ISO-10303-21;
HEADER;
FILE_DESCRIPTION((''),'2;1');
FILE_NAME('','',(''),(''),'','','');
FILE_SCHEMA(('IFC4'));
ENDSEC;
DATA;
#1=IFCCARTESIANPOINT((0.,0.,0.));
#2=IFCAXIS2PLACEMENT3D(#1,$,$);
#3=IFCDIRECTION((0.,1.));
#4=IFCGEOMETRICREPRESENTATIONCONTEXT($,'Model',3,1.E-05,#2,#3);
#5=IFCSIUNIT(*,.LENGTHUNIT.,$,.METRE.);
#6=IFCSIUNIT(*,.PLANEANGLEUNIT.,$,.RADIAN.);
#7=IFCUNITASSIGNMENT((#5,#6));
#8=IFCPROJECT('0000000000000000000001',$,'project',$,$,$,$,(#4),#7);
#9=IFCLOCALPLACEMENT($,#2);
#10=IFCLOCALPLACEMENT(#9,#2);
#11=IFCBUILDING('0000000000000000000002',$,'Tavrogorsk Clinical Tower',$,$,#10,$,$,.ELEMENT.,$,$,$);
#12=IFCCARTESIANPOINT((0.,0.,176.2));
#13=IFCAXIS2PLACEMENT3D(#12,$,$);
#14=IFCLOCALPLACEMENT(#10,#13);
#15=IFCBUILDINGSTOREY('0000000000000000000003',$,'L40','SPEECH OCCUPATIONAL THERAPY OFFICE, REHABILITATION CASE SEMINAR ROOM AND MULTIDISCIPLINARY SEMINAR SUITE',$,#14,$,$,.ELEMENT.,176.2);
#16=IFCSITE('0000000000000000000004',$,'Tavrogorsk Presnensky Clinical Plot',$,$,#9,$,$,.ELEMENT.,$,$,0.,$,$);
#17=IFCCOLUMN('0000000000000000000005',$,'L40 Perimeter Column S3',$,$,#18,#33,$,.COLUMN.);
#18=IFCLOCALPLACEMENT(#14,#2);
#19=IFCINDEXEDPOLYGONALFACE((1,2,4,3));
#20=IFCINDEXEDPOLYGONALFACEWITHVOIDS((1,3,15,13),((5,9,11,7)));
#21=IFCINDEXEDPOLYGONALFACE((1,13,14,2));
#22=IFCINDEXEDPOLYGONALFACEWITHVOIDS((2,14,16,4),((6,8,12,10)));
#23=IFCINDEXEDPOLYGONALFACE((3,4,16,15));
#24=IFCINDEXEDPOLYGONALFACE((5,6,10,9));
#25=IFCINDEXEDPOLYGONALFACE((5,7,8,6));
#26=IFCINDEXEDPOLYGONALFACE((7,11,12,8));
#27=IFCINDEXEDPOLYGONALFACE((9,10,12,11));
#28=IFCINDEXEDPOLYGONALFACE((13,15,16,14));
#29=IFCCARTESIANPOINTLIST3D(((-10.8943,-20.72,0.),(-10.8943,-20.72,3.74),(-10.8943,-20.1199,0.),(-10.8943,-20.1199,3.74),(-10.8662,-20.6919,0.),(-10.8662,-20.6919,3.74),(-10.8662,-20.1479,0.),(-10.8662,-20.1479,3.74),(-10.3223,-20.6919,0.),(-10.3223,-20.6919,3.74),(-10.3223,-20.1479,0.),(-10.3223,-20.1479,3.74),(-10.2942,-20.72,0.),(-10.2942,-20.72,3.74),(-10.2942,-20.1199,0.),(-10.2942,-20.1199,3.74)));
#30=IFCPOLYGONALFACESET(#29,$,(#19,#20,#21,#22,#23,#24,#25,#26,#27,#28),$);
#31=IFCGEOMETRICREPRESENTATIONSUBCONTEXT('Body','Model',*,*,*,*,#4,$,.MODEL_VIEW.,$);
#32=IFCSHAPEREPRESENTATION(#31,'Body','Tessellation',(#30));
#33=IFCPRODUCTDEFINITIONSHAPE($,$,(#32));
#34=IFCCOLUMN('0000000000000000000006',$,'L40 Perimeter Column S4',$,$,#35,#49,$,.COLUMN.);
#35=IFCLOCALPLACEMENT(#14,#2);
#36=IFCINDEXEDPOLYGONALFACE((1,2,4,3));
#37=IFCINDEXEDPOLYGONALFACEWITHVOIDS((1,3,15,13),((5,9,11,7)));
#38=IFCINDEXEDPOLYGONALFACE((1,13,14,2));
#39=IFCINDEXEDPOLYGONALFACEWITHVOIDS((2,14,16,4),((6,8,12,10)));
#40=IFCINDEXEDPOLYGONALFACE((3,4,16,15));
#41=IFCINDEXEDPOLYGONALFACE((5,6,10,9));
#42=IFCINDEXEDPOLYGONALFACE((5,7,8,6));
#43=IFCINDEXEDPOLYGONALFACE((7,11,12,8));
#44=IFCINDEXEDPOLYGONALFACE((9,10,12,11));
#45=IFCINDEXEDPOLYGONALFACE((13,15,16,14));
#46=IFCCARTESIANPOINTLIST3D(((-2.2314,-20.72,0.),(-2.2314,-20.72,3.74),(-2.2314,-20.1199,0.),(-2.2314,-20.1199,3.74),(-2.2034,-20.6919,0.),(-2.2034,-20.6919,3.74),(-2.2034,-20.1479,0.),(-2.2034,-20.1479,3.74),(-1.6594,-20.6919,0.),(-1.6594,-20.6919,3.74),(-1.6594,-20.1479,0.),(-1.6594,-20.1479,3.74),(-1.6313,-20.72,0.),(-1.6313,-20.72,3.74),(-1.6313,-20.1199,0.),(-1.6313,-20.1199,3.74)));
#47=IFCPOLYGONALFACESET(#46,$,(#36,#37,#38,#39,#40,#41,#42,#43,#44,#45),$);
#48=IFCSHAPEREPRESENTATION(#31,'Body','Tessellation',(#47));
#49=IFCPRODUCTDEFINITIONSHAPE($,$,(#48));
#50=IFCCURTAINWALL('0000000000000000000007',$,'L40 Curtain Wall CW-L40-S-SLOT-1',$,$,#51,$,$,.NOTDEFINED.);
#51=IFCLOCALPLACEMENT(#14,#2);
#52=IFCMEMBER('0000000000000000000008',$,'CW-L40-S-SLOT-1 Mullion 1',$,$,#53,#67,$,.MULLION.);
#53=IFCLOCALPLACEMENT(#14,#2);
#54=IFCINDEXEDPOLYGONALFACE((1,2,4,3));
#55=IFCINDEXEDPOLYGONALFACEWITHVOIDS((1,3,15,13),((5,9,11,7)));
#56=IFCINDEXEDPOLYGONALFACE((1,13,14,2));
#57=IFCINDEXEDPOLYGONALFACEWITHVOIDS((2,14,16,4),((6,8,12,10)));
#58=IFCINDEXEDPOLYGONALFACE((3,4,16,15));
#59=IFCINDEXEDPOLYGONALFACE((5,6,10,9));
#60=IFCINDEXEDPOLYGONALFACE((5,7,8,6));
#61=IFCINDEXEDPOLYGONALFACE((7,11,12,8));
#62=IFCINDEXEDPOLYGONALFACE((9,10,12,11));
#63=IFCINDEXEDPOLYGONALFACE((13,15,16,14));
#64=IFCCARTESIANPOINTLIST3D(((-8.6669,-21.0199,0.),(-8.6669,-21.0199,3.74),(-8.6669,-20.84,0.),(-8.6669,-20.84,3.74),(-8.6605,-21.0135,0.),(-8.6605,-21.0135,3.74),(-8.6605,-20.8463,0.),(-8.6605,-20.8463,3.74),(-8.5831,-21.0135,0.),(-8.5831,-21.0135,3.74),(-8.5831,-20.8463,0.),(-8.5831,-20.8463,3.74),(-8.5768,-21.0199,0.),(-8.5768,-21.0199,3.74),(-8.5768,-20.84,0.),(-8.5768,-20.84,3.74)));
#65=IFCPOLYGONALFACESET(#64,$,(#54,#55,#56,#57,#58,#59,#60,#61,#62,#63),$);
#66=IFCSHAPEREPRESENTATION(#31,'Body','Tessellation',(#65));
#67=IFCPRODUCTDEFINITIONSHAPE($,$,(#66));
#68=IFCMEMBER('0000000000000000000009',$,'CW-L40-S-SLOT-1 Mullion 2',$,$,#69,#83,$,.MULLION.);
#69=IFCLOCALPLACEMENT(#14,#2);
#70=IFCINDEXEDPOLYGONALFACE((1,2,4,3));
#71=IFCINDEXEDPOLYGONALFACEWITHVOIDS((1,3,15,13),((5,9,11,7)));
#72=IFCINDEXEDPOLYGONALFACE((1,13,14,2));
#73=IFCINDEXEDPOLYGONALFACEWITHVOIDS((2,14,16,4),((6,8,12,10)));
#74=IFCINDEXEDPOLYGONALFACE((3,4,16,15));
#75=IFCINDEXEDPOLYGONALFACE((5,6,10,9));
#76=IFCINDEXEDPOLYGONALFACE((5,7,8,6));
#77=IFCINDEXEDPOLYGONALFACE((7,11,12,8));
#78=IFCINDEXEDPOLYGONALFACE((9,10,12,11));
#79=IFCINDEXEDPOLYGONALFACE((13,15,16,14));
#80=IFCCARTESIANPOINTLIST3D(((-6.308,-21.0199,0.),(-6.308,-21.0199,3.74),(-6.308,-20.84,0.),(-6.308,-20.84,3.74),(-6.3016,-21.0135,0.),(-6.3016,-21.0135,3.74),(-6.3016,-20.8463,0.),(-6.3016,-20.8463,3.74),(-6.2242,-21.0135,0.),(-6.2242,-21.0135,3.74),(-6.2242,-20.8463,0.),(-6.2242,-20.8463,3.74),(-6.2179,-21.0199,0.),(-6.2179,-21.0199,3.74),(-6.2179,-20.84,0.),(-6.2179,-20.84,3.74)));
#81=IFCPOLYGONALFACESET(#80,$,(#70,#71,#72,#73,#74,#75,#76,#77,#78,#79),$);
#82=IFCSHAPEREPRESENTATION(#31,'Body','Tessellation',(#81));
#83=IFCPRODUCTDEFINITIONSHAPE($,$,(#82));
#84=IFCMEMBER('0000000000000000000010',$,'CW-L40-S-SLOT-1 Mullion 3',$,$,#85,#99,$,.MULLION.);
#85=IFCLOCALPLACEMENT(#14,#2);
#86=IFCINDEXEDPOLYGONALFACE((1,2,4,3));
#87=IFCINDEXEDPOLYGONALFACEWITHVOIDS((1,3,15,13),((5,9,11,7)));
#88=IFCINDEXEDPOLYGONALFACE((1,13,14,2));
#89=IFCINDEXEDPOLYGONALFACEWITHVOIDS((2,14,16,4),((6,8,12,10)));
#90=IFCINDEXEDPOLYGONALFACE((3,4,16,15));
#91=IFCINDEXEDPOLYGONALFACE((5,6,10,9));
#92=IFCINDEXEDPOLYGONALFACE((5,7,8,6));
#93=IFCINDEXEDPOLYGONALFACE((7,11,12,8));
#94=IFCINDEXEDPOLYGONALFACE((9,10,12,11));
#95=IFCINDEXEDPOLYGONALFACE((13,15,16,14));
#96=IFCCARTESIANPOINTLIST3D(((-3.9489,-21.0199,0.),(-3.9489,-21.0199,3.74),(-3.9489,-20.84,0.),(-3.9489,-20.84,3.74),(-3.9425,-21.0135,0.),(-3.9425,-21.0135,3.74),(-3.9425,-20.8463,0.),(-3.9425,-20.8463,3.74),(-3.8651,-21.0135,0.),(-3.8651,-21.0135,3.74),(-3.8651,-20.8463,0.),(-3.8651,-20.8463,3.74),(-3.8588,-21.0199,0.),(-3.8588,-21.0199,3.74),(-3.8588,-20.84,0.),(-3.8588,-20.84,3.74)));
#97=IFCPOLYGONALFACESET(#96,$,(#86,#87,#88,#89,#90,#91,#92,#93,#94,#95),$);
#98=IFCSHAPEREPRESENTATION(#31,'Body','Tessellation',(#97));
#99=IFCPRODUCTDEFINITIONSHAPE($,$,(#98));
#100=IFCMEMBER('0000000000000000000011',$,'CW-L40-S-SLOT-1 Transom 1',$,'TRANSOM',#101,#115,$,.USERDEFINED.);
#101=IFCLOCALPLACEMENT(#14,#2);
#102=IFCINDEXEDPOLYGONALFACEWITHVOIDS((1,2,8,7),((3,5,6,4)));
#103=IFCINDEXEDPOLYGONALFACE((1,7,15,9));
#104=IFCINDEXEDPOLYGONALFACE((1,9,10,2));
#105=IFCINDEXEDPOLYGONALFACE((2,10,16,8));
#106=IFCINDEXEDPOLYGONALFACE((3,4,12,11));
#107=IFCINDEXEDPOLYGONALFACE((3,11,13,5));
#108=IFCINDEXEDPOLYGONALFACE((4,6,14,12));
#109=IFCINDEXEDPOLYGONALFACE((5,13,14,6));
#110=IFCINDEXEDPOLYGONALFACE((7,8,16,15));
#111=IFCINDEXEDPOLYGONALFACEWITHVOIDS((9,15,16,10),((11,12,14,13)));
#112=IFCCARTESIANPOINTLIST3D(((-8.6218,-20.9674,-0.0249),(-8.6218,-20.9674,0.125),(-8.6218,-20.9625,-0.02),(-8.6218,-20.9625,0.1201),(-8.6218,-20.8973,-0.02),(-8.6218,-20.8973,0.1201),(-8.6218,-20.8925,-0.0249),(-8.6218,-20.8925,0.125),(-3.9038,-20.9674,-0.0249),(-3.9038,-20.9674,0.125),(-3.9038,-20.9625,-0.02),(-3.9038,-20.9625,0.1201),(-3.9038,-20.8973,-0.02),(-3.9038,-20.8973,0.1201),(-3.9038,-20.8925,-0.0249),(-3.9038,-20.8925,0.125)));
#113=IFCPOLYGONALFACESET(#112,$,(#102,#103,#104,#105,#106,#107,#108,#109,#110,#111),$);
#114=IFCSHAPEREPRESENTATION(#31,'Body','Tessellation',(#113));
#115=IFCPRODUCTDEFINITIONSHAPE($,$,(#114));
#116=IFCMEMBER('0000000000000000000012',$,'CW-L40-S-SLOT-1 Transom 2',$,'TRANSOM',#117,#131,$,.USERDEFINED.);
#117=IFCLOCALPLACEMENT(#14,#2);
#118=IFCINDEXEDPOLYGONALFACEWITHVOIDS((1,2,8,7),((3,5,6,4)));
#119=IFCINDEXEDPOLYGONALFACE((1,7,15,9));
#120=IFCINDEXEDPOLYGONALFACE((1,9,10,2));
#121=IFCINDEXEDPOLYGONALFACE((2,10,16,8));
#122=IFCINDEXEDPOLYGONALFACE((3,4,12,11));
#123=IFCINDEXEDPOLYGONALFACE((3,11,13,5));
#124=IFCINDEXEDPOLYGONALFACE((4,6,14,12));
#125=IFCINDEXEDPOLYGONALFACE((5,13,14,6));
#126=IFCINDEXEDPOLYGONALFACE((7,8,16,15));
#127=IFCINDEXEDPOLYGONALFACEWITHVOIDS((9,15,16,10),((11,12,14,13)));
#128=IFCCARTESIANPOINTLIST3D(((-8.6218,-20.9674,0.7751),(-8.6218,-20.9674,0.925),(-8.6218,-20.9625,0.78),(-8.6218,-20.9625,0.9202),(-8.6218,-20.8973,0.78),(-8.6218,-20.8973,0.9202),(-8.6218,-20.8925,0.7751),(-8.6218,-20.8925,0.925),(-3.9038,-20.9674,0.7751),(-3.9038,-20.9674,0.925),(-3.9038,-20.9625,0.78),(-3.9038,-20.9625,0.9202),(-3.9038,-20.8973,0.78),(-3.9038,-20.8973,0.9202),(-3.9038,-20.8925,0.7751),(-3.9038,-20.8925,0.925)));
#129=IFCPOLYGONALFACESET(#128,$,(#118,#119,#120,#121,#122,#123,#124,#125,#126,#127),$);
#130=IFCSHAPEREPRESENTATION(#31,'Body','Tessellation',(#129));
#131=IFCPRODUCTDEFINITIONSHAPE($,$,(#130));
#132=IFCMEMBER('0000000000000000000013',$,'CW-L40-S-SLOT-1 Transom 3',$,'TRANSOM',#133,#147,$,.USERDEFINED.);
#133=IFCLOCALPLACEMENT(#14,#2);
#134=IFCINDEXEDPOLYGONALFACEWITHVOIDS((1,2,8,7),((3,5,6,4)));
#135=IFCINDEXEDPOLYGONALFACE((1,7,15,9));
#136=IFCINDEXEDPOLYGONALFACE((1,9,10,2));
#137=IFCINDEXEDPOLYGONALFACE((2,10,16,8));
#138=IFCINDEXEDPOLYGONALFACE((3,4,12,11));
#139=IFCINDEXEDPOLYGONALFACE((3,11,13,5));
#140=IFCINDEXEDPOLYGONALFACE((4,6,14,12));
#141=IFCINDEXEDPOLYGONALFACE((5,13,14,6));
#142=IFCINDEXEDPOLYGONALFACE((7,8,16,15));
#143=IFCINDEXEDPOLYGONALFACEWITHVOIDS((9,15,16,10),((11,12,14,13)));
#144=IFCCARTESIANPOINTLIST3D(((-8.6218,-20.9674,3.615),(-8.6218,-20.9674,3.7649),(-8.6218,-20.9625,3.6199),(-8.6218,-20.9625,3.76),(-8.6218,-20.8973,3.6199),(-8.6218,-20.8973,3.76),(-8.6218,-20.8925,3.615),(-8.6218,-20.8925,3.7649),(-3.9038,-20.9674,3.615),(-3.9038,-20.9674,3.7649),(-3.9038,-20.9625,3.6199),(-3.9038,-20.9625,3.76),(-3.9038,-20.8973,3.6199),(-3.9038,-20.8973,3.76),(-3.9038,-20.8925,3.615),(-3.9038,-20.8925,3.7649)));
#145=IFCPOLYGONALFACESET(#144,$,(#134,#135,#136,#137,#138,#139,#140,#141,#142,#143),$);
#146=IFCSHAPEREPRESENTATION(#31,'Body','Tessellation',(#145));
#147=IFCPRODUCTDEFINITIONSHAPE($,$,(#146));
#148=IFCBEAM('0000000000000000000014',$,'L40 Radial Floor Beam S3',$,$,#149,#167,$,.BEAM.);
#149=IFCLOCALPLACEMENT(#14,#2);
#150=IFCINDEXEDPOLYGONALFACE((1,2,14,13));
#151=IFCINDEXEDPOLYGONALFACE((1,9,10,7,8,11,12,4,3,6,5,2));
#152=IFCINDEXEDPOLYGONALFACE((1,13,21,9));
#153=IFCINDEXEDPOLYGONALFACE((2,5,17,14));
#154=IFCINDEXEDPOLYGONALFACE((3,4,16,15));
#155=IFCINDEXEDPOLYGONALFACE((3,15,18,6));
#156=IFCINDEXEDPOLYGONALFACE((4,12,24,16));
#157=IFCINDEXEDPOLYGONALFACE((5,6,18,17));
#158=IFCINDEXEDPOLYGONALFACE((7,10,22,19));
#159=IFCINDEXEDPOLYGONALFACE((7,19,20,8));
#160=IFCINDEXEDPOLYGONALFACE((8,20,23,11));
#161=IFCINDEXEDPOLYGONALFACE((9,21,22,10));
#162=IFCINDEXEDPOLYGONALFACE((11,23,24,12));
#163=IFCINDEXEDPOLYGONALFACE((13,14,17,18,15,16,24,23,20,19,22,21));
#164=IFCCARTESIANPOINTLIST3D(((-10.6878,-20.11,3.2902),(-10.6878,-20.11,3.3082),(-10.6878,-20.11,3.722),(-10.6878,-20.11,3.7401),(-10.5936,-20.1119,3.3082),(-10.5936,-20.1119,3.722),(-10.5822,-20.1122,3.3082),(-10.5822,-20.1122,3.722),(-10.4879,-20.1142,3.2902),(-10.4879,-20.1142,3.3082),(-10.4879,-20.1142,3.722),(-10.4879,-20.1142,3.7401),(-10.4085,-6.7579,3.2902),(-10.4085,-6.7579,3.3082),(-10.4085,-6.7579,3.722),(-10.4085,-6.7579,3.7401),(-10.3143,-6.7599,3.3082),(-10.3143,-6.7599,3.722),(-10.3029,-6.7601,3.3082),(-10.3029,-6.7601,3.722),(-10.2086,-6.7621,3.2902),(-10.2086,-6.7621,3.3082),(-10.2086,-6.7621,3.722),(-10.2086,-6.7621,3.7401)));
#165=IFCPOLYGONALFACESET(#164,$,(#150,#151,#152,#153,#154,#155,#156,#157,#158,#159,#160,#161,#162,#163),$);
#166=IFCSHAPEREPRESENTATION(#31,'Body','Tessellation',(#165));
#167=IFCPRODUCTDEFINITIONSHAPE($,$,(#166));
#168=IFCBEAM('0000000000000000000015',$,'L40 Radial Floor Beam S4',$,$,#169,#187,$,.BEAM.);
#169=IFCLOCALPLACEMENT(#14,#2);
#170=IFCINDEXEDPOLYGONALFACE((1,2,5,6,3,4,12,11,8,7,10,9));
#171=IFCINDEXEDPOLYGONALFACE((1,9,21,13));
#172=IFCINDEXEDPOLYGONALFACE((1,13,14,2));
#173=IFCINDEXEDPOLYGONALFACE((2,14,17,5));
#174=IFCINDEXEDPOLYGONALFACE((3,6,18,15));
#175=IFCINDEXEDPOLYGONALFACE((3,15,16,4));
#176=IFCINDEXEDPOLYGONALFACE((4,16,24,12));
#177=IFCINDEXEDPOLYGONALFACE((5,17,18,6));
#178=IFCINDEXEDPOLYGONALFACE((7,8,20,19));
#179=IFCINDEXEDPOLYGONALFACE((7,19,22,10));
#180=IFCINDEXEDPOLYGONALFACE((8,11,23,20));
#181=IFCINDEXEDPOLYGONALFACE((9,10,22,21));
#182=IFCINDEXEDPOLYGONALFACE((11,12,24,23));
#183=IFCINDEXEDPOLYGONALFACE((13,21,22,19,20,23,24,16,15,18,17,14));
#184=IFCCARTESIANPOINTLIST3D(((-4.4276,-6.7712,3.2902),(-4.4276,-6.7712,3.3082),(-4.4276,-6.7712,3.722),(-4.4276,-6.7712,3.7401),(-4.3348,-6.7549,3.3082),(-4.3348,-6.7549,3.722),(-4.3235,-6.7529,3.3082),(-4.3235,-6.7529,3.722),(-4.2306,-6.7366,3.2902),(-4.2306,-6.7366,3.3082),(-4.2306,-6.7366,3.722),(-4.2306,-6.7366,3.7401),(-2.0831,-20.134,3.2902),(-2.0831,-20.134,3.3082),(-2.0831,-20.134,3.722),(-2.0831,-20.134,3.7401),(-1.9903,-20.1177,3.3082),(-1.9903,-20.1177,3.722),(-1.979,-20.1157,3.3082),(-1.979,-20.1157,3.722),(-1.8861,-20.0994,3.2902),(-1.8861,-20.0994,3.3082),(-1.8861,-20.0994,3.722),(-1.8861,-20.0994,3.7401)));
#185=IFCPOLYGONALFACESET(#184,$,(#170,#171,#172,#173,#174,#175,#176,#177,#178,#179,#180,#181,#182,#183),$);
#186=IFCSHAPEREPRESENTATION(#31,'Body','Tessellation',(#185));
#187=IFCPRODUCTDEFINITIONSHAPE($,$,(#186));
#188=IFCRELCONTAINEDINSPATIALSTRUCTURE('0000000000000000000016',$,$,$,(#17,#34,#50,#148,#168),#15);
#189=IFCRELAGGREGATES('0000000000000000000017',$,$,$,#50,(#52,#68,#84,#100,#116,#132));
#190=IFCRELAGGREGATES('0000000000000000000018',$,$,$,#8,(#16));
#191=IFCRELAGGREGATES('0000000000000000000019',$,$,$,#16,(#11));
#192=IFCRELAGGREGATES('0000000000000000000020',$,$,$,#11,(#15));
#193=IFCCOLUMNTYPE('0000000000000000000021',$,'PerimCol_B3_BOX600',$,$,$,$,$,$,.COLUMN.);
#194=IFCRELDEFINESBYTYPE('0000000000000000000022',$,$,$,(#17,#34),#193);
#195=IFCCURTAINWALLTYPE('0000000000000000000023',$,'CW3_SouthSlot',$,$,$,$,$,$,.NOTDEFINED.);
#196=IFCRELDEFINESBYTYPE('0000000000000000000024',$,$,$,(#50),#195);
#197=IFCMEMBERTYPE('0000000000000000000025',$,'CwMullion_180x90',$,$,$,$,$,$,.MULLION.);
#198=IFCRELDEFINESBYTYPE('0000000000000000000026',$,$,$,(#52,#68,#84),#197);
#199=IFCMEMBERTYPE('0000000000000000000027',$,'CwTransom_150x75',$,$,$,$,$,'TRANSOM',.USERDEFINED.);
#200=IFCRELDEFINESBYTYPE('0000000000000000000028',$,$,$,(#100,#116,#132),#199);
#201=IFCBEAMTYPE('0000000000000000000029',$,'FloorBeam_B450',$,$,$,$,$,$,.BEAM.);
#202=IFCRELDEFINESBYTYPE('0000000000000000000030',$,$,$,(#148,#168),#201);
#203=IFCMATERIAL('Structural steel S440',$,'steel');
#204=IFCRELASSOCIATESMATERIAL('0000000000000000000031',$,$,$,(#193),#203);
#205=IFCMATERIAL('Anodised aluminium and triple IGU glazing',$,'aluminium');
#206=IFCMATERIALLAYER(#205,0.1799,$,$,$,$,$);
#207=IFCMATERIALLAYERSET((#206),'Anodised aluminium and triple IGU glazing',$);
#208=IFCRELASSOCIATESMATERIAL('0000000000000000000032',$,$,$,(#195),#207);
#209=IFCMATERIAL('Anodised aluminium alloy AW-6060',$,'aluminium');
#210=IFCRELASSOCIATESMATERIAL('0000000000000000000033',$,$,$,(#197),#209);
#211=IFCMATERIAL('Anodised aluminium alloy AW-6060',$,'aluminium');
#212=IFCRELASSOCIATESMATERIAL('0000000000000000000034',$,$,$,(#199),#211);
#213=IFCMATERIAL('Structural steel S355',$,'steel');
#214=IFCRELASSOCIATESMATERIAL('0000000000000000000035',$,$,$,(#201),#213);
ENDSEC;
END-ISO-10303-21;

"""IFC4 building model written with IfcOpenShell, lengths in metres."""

from ifc_helpers import new_model, si_unit, direction, frame, origin, origin_2d, place, context, subcontext, project, spatial, hollow_rectangle, i_section, extrude, material, layer, layer_set, material_profile, profile_set, type_object, element, aggregate, save


model = new_model("IFC4")

# Units and contexts
model_context = context("Model", 3, precision=1e-05, world=origin(), true_north=direction((0.0, 1.0)))
body_context = subcontext(model_context, "Body", "Model", "MODEL_VIEW")
ifc_project = project(units=[si_unit("LENGTHUNIT", "METRE"), si_unit("PLANEANGLEUNIT", "RADIAN")], contexts=[model_context])

# Site, building, storey
site_placement = place(None, origin())
site = spatial("IfcSite", under=ifc_project, at=site_placement, Name="Tavrogorsk Presnensky Clinical Plot", CompositionType="ELEMENT", RefElevation=0.0)
building_placement = place(site_placement, origin())
building = spatial("IfcBuilding", under=site, at=building_placement, Name="Tavrogorsk Clinical Tower", CompositionType="ELEMENT")
storey_placement = place(building_placement, frame((0.0, 0.0, 176.2)))
storey = spatial("IfcBuildingStorey", under=building, at=storey_placement, Name="L40", Description="SPEECH OCCUPATIONAL THERAPY OFFICE, REHABILITATION CASE SEMINAR ROOM AND MULTIDISCIPLINARY SEMINAR SUITE", CompositionType="ELEMENT", Elevation=176.2)

# Columns
ifc_material_1 = material(Name="Structural steel S440", Category="steel")
ifc_material_profile_1 = material_profile(ifc_material_1, hollow_rectangle(XDim=0.6001, YDim=0.6001, WallThickness=0.0281, at=origin_2d()), Name="BOX-600x600x28")
ifc_profile_set_1 = profile_set([ifc_material_profile_1], Name="Structural steel S440")
column_type = type_object("IfcColumnType", Name="PerimCol_B3_BOX600", PredefinedType="COLUMN", material=ifc_profile_set_1)
for number, where, z_axis, x_axis, name in (
    (1, (-10.5942, -20.4199, 0.0), (0.0, 0.0, 1.0), (1.0, 0.0, 0.0), "L40 Perimeter Column S3"),
    (2, (-1.9314, -20.4199, 0.0), (0.0, 0.0, 1.0), (1.0, 0.0, 0.0), "L40 Perimeter Column S4"),
):
    element("IfcColumn", number, at=place(storey_placement, frame(where, z_axis=z_axis, x_axis=x_axis)), inside=storey, type_object=column_type, Name=name, PredefinedType="COLUMN", context=body_context, shape_type="SweptSolid", body=[
        extrude(hollow_rectangle(XDim=0.6001, YDim=0.6001, WallThickness=0.0281, at=origin_2d()), origin(), (0.0, 0.0, 1.0), 3.74),
    ])

# Curtain wall, members
ifc_material_2 = material(Name="Anodised aluminium and triple IGU glazing", Category="aluminium")
ifc_layer_1 = layer(ifc_material_2, 0.1799)
ifc_layer_set_1 = layer_set([ifc_layer_1], Name="Anodised aluminium and triple IGU glazing")
curtain_wall_type = type_object("IfcCurtainWallType", Name="CW3_SouthSlot", PredefinedType="NOTDEFINED", material=ifc_layer_set_1)
curtain_wall_placement = place(storey_placement, origin())
curtain_wall = element("IfcCurtainWall", 3, at=curtain_wall_placement, inside=storey, type_object=curtain_wall_type, Name="L40 Curtain Wall CW-L40-S-SLOT-1", PredefinedType="NOTDEFINED")
ifc_material_3 = material(Name="Anodised aluminium alloy AW-6060", Category="aluminium")
ifc_material_profile_2 = material_profile(ifc_material_3, hollow_rectangle(XDim=0.0901, YDim=0.1799, WallThickness=0.0063, at=origin_2d()), Name="RHS-180x90x6.3")
ifc_profile_set_2 = profile_set([ifc_material_profile_2], Name="Anodised aluminium alloy AW-6060")
member_type_1 = type_object("IfcMemberType", Name="CwMullion_180x90", PredefinedType="MULLION", material=ifc_profile_set_2)
member_1_placement = place(storey_placement, frame((-8.6218, -20.9299, 0.0), z_axis=(0.0, 0.0, 1.0), x_axis=(1.0, 0.0, 0.0)))
member_1 = element("IfcMember", 4, at=member_1_placement, type_object=member_type_1, Name="CW-L40-S-SLOT-1 Mullion 1", PredefinedType="MULLION", context=body_context, shape_type="SweptSolid", body=[
    extrude(hollow_rectangle(XDim=0.0901, YDim=0.1799, WallThickness=0.0063, at=origin_2d()), origin(), (0.0, 0.0, 1.0), 3.74),
])
member_2_placement = place(storey_placement, frame((-6.2629, -20.9299, 0.0), z_axis=(0.0, 0.0, 1.0), x_axis=(1.0, 0.0, 0.0)))
member_2 = element("IfcMember", 5, at=member_2_placement, type_object=member_type_1, Name="CW-L40-S-SLOT-1 Mullion 2", PredefinedType="MULLION", context=body_context, shape_type="SweptSolid", body=[
    extrude(hollow_rectangle(XDim=0.0901, YDim=0.1799, WallThickness=0.0063, at=origin_2d()), origin(), (0.0, 0.0, 1.0), 3.74),
])
member_3_placement = place(storey_placement, frame((-3.9038, -20.9299, 0.0), z_axis=(0.0, 0.0, 1.0), x_axis=(1.0, 0.0, 0.0)))
member_3 = element("IfcMember", 6, at=member_3_placement, type_object=member_type_1, Name="CW-L40-S-SLOT-1 Mullion 3", PredefinedType="MULLION", context=body_context, shape_type="SweptSolid", body=[
    extrude(hollow_rectangle(XDim=0.0901, YDim=0.1799, WallThickness=0.0063, at=origin_2d()), origin(), (0.0, 0.0, 1.0), 3.74),
])
ifc_material_4 = material(Name="Anodised aluminium alloy AW-6060", Category="aluminium")
ifc_material_profile_3 = material_profile(ifc_material_4, hollow_rectangle(XDim=0.075, YDim=0.1499, WallThickness=0.0049, at=origin_2d()), Name="RHS-150x75x5")
ifc_profile_set_3 = profile_set([ifc_material_profile_3], Name="Anodised aluminium alloy AW-6060")
member_type_2 = type_object("IfcMemberType", Name="CwTransom_150x75", ElementType="TRANSOM", PredefinedType="USERDEFINED", material=ifc_profile_set_3)
member_4_placement = place(storey_placement, frame((-8.6218, -20.9299, 0.05), z_axis=(1.0, 0.0, 0.0), x_axis=(0.0, 1.0, 0.0)))
member_4 = element("IfcMember", 7, at=member_4_placement, type_object=member_type_2, Name="CW-L40-S-SLOT-1 Transom 1", ObjectType="TRANSOM", PredefinedType="USERDEFINED", context=body_context, shape_type="SweptSolid", body=[
    extrude(hollow_rectangle(XDim=0.075, YDim=0.1499, WallThickness=0.0049, at=origin_2d()), origin(), (0.0, 0.0, 1.0), 4.718),
])
member_5_placement = place(storey_placement, frame((-8.6218, -20.9299, 0.8501), z_axis=(1.0, 0.0, 0.0), x_axis=(0.0, 1.0, 0.0)))
member_5 = element("IfcMember", 8, at=member_5_placement, type_object=member_type_2, Name="CW-L40-S-SLOT-1 Transom 2", ObjectType="TRANSOM", PredefinedType="USERDEFINED", context=body_context, shape_type="SweptSolid", body=[
    extrude(hollow_rectangle(XDim=0.075, YDim=0.1499, WallThickness=0.0049, at=origin_2d()), origin(), (0.0, 0.0, 1.0), 4.718),
])
member_6_placement = place(storey_placement, frame((-8.6218, -20.9299, 3.6899), z_axis=(1.0, 0.0, 0.0), x_axis=(0.0, 1.0, 0.0)))
member_6 = element("IfcMember", 9, at=member_6_placement, type_object=member_type_2, Name="CW-L40-S-SLOT-1 Transom 3", ObjectType="TRANSOM", PredefinedType="USERDEFINED", context=body_context, shape_type="SweptSolid", body=[
    extrude(hollow_rectangle(XDim=0.075, YDim=0.1499, WallThickness=0.0049, at=origin_2d()), origin(), (0.0, 0.0, 1.0), 4.718),
])

# Beams
ifc_material_5 = material(Name="Structural steel S355", Category="steel")
ifc_material_profile_4 = material_profile(ifc_material_5, i_section(OverallWidth=0.2, OverallDepth=0.45, WebThickness=0.0115, FlangeThickness=0.0181, at=origin_2d()), Name="B-450x200x11.5x18")
ifc_profile_set_4 = profile_set([ifc_material_profile_4], Name="Structural steel S355")
beam_type_1 = type_object("IfcBeamType", Name="FloorBeam_B450", PredefinedType="BEAM", material=ifc_profile_set_4)
beam_1_placement = place(storey_placement, frame((-10.3086, -6.76, 3.5151), z_axis=(-0.020913, -0.999781, 0.0), x_axis=(0.999781, -0.020913, 0.0)))
element("IfcBeam", 10, at=beam_1_placement, inside=storey, type_object=beam_type_1, Name="L40 Radial Floor Beam S3", PredefinedType="BEAM", context=body_context, shape_type="SweptSolid", body=[
    extrude(i_section(OverallWidth=0.2, OverallDepth=0.45, WebThickness=0.0115, FlangeThickness=0.0181, at=origin_2d()), origin(), (0.0, 0.0, 1.0), 13.355),
])
beam_2_placement = place(storey_placement, frame((-4.3291, -6.7539, 3.5151), z_axis=(0.172809, -0.984955, 0.0), x_axis=(0.984955, 0.172809, 0.0)))
element("IfcBeam", 11, at=beam_2_placement, inside=storey, type_object=beam_type_1, Name="L40 Radial Floor Beam S4", PredefinedType="BEAM", context=body_context, shape_type="SweptSolid", body=[
    extrude(i_section(OverallWidth=0.2, OverallDepth=0.45, WebThickness=0.0115, FlangeThickness=0.0181, at=origin_2d()), origin(), (0.0, 0.0, 1.0), 13.5669),
])

aggregate(curtain_wall, [member_1, member_2, member_3, member_4, member_5, member_6])

save(model, "model.ifc")
